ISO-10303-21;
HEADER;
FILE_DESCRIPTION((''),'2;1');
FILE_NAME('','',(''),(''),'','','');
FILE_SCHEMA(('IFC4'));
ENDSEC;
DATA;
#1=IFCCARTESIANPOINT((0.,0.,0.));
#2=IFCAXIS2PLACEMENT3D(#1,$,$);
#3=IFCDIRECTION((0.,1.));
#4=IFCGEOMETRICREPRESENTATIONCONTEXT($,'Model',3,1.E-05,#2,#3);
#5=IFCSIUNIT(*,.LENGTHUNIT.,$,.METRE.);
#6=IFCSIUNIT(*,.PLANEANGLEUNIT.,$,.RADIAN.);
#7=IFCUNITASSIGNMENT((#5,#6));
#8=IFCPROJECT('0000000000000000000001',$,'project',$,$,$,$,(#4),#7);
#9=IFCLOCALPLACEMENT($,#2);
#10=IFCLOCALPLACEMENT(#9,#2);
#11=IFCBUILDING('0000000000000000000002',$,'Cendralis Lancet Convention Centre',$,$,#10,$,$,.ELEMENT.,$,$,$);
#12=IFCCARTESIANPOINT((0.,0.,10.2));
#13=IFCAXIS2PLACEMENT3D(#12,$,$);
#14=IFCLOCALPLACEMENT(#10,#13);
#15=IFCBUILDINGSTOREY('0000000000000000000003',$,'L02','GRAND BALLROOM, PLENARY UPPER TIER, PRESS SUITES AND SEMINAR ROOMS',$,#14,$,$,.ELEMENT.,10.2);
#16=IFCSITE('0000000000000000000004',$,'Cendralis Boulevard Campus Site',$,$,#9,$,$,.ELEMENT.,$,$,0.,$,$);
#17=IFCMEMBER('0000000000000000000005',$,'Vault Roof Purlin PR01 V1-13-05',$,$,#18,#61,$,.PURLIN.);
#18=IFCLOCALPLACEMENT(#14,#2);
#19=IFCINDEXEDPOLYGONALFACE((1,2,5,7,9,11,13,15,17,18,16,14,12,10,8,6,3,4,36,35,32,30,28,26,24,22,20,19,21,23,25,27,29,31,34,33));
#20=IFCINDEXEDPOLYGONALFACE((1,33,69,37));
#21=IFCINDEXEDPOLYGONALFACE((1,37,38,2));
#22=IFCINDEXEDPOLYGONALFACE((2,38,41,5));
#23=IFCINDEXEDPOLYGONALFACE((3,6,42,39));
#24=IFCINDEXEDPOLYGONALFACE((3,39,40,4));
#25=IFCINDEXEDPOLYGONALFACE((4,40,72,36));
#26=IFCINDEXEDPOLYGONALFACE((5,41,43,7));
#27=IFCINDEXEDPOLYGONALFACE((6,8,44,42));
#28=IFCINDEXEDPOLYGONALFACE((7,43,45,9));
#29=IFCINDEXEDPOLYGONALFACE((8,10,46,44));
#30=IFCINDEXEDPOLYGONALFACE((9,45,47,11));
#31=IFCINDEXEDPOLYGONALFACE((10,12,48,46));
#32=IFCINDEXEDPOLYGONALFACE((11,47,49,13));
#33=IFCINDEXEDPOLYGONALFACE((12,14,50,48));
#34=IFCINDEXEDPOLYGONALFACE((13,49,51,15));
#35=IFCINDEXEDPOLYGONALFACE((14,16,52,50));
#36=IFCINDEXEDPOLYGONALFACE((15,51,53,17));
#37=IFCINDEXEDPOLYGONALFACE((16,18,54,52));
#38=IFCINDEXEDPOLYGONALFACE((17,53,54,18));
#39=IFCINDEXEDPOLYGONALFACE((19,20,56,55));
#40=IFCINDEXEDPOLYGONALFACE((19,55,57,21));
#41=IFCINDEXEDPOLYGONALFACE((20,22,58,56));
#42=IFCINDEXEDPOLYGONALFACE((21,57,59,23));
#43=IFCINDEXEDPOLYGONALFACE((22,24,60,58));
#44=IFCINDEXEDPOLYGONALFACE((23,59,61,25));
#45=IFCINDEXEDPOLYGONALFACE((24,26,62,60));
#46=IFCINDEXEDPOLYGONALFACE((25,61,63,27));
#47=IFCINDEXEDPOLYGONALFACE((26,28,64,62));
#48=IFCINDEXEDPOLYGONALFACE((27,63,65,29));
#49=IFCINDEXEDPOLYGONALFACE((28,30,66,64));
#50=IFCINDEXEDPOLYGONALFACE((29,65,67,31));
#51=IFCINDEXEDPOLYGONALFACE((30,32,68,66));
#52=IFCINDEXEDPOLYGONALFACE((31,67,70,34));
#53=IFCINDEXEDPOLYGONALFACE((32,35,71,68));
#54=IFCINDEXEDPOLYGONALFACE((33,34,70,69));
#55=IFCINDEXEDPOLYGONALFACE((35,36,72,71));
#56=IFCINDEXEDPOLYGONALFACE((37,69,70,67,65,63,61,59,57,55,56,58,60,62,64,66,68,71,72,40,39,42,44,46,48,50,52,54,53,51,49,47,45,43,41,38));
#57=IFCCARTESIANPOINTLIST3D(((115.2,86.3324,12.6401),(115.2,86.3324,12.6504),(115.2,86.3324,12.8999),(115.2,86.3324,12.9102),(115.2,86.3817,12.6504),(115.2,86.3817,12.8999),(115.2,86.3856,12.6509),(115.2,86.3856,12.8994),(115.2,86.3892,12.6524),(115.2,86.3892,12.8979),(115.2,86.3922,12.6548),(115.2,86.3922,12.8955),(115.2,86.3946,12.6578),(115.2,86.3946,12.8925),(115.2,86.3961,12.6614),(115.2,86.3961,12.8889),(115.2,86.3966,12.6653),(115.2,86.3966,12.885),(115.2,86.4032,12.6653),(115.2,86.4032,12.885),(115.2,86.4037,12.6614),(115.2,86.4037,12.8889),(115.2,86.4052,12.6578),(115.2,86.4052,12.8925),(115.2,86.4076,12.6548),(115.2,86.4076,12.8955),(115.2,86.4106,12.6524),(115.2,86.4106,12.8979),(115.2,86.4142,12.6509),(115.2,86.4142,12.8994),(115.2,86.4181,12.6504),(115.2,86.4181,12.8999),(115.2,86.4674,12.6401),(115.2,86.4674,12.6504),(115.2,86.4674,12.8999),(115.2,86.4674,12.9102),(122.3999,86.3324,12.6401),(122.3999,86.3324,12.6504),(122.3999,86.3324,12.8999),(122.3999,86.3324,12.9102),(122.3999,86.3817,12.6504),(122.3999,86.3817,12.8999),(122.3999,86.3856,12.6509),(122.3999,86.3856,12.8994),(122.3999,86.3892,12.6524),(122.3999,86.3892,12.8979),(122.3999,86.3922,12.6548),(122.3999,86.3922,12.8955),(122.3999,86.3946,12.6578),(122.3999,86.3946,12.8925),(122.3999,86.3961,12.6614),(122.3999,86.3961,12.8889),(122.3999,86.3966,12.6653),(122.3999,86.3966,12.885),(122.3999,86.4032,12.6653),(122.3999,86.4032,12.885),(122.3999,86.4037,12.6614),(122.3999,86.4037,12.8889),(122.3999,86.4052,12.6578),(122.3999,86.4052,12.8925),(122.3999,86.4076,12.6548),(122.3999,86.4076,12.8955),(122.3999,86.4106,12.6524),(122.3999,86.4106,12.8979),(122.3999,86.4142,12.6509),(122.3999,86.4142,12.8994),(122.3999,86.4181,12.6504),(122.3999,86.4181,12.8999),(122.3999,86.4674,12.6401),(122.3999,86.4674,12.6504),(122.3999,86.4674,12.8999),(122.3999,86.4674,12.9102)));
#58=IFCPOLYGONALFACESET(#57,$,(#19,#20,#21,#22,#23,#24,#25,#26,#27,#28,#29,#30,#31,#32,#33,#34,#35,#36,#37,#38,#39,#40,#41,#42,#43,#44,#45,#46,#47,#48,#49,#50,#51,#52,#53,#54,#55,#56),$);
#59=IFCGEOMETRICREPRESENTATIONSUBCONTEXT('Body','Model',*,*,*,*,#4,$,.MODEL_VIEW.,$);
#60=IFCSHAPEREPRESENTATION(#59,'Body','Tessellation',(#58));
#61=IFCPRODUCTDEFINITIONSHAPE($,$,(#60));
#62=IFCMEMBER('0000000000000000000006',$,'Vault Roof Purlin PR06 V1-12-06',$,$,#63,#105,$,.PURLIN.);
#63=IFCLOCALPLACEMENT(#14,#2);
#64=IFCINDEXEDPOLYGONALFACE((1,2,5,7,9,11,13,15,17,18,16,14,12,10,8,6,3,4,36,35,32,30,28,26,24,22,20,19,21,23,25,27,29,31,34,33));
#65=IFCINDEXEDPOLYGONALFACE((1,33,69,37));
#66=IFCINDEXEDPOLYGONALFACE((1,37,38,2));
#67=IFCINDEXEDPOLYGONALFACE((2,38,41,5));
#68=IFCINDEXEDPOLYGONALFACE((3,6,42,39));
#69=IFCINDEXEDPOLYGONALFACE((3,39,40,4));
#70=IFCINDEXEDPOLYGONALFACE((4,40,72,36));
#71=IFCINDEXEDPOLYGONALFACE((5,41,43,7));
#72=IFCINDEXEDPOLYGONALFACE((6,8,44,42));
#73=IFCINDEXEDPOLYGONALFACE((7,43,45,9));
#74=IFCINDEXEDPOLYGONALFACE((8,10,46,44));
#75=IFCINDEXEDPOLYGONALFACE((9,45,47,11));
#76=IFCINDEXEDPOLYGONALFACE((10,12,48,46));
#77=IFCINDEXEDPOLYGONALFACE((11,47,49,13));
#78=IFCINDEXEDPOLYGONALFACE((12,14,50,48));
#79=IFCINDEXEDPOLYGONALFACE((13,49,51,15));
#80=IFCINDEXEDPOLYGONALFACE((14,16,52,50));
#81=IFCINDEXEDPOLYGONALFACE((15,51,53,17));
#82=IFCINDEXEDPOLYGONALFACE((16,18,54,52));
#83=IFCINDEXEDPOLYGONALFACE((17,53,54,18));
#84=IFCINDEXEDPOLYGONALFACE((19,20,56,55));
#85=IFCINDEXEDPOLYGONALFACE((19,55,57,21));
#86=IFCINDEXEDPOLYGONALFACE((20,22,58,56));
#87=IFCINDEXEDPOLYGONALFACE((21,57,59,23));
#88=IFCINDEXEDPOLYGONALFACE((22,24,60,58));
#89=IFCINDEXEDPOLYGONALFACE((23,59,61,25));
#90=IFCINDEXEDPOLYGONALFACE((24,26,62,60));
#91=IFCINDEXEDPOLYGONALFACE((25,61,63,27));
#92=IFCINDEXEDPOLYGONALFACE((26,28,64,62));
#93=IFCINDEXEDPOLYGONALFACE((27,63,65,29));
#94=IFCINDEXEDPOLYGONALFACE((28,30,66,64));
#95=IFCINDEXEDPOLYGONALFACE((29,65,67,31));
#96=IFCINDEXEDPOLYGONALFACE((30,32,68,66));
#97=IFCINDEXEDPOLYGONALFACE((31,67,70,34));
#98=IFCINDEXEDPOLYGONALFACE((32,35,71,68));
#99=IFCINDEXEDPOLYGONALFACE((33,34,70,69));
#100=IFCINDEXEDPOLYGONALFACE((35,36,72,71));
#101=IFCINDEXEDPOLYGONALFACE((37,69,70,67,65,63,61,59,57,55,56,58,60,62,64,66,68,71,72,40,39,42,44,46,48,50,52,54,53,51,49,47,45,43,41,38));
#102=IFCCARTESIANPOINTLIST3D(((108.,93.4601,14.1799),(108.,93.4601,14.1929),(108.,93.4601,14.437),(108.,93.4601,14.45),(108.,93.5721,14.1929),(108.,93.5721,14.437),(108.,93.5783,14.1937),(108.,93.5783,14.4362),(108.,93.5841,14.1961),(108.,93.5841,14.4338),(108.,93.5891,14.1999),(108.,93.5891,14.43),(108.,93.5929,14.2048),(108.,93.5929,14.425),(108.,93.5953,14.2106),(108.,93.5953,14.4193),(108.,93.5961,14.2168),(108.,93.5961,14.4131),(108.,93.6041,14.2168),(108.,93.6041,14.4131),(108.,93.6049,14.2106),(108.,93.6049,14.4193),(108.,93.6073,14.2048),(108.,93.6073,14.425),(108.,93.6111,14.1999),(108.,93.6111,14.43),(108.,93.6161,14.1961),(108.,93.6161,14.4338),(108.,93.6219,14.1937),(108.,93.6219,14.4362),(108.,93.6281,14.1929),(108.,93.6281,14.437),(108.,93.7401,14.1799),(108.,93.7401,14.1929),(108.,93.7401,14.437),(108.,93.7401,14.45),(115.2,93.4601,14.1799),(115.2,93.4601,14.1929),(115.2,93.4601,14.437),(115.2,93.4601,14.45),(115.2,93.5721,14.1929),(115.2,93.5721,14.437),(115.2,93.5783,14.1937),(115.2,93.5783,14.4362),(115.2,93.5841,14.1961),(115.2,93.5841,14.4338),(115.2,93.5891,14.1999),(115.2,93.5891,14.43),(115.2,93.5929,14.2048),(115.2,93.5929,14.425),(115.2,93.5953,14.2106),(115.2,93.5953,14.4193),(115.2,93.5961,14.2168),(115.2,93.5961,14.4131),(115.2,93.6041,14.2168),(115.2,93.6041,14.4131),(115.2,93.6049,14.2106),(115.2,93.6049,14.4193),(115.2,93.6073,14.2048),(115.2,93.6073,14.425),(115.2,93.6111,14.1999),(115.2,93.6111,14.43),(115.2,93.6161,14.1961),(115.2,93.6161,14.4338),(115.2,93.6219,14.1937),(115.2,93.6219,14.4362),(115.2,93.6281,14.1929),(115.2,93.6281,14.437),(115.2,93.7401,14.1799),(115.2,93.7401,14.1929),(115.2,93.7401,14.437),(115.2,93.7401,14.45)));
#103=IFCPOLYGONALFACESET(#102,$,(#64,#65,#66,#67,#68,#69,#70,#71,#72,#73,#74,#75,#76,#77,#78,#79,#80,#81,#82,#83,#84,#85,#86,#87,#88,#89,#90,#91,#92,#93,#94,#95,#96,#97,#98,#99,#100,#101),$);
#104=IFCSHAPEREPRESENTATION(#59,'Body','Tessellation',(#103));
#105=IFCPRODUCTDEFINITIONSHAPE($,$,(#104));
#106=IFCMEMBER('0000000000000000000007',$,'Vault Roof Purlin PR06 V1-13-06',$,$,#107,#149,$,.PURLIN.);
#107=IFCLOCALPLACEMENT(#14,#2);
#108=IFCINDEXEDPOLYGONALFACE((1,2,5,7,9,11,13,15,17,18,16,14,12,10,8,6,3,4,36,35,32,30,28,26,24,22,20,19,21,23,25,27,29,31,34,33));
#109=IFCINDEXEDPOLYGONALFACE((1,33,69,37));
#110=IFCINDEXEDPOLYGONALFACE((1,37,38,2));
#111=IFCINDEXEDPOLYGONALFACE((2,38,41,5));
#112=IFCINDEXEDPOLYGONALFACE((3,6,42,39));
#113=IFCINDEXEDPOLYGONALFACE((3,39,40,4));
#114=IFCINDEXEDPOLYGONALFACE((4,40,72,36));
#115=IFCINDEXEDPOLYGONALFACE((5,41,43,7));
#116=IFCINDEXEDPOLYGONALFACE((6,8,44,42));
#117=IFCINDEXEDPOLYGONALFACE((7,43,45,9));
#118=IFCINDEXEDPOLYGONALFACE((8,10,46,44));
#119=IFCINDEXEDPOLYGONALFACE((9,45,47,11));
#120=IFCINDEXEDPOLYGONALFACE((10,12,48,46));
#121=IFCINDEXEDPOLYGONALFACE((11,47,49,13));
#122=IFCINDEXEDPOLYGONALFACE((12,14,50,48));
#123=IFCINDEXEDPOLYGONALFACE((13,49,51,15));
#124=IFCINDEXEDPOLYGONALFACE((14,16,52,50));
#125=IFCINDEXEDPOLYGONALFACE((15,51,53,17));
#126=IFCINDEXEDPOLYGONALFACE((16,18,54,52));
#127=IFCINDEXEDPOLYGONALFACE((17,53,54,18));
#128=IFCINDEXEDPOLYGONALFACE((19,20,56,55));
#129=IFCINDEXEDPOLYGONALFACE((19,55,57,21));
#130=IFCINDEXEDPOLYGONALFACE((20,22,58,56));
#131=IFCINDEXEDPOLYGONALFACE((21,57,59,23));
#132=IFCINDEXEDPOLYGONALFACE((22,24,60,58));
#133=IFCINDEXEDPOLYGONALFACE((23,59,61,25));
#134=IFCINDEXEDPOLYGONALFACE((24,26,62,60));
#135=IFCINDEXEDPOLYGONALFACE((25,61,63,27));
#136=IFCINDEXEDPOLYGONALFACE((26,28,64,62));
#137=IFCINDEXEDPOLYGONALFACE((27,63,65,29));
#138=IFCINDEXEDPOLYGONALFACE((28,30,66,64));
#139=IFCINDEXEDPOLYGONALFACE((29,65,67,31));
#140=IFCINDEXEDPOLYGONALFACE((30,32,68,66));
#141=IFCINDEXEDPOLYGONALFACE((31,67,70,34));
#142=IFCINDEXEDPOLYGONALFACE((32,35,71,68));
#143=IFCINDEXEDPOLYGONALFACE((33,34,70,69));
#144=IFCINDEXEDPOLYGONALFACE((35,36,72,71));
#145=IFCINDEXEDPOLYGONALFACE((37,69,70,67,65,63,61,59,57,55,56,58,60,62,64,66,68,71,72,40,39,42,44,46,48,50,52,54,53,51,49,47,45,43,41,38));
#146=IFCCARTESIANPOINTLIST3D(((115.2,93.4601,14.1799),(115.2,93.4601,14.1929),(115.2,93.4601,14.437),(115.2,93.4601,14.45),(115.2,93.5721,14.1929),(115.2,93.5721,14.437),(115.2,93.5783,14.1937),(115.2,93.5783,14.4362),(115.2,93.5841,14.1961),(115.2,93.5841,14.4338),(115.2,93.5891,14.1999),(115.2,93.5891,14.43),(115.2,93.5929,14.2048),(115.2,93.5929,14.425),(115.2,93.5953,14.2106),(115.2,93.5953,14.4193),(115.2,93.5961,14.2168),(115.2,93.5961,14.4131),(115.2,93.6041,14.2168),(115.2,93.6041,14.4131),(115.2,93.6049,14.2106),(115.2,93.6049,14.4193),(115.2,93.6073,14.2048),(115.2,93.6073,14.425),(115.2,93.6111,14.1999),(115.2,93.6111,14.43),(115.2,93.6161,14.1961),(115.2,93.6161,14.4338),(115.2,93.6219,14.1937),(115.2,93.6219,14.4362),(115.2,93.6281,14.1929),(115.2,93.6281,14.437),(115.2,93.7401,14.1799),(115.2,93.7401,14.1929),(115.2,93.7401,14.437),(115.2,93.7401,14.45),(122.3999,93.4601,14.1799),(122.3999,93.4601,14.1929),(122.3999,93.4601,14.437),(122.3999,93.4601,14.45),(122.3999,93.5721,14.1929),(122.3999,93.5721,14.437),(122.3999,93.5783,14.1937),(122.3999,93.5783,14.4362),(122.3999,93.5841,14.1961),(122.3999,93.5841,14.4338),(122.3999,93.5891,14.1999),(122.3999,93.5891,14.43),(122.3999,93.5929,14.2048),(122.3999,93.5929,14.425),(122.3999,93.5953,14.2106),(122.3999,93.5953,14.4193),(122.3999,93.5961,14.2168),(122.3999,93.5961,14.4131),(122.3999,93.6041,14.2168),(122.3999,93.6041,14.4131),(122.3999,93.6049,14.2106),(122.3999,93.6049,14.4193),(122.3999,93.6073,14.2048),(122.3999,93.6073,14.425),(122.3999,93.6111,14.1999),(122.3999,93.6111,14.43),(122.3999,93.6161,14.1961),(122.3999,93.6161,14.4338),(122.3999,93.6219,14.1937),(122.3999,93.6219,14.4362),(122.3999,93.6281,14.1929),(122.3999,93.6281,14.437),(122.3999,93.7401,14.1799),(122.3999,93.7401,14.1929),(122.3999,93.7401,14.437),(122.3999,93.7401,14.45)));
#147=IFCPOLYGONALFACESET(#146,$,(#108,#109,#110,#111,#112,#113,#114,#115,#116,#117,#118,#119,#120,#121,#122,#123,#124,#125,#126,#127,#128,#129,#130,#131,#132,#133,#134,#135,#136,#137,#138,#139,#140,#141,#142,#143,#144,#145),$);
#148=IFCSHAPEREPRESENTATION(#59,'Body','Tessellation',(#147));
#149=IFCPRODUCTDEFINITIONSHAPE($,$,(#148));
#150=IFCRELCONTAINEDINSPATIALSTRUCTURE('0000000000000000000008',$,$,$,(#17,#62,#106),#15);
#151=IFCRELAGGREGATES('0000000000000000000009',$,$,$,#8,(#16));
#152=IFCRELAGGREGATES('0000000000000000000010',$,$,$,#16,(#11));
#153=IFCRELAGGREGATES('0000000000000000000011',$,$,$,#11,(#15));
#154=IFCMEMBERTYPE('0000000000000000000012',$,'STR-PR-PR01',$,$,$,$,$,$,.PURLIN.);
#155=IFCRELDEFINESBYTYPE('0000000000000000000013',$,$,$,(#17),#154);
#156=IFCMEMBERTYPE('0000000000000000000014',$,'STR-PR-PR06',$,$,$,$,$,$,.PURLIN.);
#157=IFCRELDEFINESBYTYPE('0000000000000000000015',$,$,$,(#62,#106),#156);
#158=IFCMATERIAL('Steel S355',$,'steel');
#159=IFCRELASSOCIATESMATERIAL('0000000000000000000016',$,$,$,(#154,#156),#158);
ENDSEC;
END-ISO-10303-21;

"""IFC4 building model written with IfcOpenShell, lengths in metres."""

from ifc_helpers import new_model, si_unit, direction, frame, origin, origin_2d, place, context, subcontext, project, spatial, i_section, extrude, material, material_profile, profile_set, type_object, element, save


model = new_model("IFC4")

# Units and contexts
model_context = context("Model", 3, precision=1e-05, world=origin(), true_north=direction((0.0, 1.0)))
body_context = subcontext(model_context, "Body", "Model", "MODEL_VIEW")
ifc_project = project(units=[si_unit("LENGTHUNIT", "METRE"), si_unit("PLANEANGLEUNIT", "RADIAN")], contexts=[model_context])

# Site, building, storey
site_placement = place(None, origin())
site = spatial("IfcSite", under=ifc_project, at=site_placement, Name="Cendralis Boulevard Campus Site", CompositionType="ELEMENT", RefElevation=0.0)
building_placement = place(site_placement, origin())
building = spatial("IfcBuilding", under=site, at=building_placement, Name="Cendralis Lancet Convention Centre", CompositionType="ELEMENT")
storey_placement = place(building_placement, frame((0.0, 0.0, 10.2)))
storey = spatial("IfcBuildingStorey", under=building, at=storey_placement, Name="L02", Description="GRAND BALLROOM, PLENARY UPPER TIER, PRESS SUITES AND SEMINAR ROOMS", CompositionType="ELEMENT", Elevation=10.2)

# Shared definitions
ifc_material = material(Name="Steel S355", Category="steel")

# Members
ifc_material_profile_1 = material_profile(ifc_material, i_section(OverallWidth=0.135, OverallDepth=0.27, WebThickness=0.0066, FlangeThickness=0.0103, FilletRadius=0.0149, at=origin_2d()), Name="IPE 270")
ifc_profile_set_1 = profile_set([ifc_material_profile_1], Name="Steel S355")
member_type_1 = type_object("IfcMemberType", Name="STR-PR-PR01", PredefinedType="PURLIN", material=ifc_profile_set_1)
for number, where, z_axis, x_axis, name in (
    (1, (115.2, 86.3999, 12.7751), (1.0, 0.0, 0.0), (0.0, 1.0, 0.0), "Vault Roof Purlin PR01 V1-13-05"),
):
    element("IfcMember", number, at=place(storey_placement, frame(where, z_axis=z_axis, x_axis=x_axis)), inside=storey, type_object=member_type_1, Name=name, PredefinedType="PURLIN", context=body_context, shape_type="SweptSolid", body=[
        extrude(i_section(OverallWidth=0.135, OverallDepth=0.27, WebThickness=0.0066, FlangeThickness=0.0103, FilletRadius=0.0149, at=origin_2d()), origin(), (0.0, 0.0, 1.0), 7.2),
    ])
ifc_material_profile_2 = material_profile(ifc_material, i_section(OverallWidth=0.28, OverallDepth=0.27, WebThickness=0.0081, FlangeThickness=0.0129, FilletRadius=0.0239, at=origin_2d()), Name="HEA 280")
ifc_profile_set_2 = profile_set([ifc_material_profile_2], Name="Steel S355")
member_type_2 = type_object("IfcMemberType", Name="STR-PR-PR06", PredefinedType="PURLIN", material=ifc_profile_set_2)
for number, where, z_axis, x_axis, name in (
    (2, (108.0, 93.6001, 14.3149), (1.0, 0.0, 0.0), (0.0, 1.0, 0.0), "Vault Roof Purlin PR06 V1-12-06"),
    (3, (115.2, 93.6001, 14.3149), (1.0, 0.0, 0.0), (0.0, 1.0, 0.0), "Vault Roof Purlin PR06 V1-13-06"),
):
    element("IfcMember", number, at=place(storey_placement, frame(where, z_axis=z_axis, x_axis=x_axis)), inside=storey, type_object=member_type_2, Name=name, PredefinedType="PURLIN", context=body_context, shape_type="SweptSolid", body=[
        extrude(i_section(OverallWidth=0.28, OverallDepth=0.27, WebThickness=0.0081, FlangeThickness=0.0129, FilletRadius=0.0239, at=origin_2d()), origin(), (0.0, 0.0, 1.0), 7.2),
    ])

save(model, "model.ifc")
